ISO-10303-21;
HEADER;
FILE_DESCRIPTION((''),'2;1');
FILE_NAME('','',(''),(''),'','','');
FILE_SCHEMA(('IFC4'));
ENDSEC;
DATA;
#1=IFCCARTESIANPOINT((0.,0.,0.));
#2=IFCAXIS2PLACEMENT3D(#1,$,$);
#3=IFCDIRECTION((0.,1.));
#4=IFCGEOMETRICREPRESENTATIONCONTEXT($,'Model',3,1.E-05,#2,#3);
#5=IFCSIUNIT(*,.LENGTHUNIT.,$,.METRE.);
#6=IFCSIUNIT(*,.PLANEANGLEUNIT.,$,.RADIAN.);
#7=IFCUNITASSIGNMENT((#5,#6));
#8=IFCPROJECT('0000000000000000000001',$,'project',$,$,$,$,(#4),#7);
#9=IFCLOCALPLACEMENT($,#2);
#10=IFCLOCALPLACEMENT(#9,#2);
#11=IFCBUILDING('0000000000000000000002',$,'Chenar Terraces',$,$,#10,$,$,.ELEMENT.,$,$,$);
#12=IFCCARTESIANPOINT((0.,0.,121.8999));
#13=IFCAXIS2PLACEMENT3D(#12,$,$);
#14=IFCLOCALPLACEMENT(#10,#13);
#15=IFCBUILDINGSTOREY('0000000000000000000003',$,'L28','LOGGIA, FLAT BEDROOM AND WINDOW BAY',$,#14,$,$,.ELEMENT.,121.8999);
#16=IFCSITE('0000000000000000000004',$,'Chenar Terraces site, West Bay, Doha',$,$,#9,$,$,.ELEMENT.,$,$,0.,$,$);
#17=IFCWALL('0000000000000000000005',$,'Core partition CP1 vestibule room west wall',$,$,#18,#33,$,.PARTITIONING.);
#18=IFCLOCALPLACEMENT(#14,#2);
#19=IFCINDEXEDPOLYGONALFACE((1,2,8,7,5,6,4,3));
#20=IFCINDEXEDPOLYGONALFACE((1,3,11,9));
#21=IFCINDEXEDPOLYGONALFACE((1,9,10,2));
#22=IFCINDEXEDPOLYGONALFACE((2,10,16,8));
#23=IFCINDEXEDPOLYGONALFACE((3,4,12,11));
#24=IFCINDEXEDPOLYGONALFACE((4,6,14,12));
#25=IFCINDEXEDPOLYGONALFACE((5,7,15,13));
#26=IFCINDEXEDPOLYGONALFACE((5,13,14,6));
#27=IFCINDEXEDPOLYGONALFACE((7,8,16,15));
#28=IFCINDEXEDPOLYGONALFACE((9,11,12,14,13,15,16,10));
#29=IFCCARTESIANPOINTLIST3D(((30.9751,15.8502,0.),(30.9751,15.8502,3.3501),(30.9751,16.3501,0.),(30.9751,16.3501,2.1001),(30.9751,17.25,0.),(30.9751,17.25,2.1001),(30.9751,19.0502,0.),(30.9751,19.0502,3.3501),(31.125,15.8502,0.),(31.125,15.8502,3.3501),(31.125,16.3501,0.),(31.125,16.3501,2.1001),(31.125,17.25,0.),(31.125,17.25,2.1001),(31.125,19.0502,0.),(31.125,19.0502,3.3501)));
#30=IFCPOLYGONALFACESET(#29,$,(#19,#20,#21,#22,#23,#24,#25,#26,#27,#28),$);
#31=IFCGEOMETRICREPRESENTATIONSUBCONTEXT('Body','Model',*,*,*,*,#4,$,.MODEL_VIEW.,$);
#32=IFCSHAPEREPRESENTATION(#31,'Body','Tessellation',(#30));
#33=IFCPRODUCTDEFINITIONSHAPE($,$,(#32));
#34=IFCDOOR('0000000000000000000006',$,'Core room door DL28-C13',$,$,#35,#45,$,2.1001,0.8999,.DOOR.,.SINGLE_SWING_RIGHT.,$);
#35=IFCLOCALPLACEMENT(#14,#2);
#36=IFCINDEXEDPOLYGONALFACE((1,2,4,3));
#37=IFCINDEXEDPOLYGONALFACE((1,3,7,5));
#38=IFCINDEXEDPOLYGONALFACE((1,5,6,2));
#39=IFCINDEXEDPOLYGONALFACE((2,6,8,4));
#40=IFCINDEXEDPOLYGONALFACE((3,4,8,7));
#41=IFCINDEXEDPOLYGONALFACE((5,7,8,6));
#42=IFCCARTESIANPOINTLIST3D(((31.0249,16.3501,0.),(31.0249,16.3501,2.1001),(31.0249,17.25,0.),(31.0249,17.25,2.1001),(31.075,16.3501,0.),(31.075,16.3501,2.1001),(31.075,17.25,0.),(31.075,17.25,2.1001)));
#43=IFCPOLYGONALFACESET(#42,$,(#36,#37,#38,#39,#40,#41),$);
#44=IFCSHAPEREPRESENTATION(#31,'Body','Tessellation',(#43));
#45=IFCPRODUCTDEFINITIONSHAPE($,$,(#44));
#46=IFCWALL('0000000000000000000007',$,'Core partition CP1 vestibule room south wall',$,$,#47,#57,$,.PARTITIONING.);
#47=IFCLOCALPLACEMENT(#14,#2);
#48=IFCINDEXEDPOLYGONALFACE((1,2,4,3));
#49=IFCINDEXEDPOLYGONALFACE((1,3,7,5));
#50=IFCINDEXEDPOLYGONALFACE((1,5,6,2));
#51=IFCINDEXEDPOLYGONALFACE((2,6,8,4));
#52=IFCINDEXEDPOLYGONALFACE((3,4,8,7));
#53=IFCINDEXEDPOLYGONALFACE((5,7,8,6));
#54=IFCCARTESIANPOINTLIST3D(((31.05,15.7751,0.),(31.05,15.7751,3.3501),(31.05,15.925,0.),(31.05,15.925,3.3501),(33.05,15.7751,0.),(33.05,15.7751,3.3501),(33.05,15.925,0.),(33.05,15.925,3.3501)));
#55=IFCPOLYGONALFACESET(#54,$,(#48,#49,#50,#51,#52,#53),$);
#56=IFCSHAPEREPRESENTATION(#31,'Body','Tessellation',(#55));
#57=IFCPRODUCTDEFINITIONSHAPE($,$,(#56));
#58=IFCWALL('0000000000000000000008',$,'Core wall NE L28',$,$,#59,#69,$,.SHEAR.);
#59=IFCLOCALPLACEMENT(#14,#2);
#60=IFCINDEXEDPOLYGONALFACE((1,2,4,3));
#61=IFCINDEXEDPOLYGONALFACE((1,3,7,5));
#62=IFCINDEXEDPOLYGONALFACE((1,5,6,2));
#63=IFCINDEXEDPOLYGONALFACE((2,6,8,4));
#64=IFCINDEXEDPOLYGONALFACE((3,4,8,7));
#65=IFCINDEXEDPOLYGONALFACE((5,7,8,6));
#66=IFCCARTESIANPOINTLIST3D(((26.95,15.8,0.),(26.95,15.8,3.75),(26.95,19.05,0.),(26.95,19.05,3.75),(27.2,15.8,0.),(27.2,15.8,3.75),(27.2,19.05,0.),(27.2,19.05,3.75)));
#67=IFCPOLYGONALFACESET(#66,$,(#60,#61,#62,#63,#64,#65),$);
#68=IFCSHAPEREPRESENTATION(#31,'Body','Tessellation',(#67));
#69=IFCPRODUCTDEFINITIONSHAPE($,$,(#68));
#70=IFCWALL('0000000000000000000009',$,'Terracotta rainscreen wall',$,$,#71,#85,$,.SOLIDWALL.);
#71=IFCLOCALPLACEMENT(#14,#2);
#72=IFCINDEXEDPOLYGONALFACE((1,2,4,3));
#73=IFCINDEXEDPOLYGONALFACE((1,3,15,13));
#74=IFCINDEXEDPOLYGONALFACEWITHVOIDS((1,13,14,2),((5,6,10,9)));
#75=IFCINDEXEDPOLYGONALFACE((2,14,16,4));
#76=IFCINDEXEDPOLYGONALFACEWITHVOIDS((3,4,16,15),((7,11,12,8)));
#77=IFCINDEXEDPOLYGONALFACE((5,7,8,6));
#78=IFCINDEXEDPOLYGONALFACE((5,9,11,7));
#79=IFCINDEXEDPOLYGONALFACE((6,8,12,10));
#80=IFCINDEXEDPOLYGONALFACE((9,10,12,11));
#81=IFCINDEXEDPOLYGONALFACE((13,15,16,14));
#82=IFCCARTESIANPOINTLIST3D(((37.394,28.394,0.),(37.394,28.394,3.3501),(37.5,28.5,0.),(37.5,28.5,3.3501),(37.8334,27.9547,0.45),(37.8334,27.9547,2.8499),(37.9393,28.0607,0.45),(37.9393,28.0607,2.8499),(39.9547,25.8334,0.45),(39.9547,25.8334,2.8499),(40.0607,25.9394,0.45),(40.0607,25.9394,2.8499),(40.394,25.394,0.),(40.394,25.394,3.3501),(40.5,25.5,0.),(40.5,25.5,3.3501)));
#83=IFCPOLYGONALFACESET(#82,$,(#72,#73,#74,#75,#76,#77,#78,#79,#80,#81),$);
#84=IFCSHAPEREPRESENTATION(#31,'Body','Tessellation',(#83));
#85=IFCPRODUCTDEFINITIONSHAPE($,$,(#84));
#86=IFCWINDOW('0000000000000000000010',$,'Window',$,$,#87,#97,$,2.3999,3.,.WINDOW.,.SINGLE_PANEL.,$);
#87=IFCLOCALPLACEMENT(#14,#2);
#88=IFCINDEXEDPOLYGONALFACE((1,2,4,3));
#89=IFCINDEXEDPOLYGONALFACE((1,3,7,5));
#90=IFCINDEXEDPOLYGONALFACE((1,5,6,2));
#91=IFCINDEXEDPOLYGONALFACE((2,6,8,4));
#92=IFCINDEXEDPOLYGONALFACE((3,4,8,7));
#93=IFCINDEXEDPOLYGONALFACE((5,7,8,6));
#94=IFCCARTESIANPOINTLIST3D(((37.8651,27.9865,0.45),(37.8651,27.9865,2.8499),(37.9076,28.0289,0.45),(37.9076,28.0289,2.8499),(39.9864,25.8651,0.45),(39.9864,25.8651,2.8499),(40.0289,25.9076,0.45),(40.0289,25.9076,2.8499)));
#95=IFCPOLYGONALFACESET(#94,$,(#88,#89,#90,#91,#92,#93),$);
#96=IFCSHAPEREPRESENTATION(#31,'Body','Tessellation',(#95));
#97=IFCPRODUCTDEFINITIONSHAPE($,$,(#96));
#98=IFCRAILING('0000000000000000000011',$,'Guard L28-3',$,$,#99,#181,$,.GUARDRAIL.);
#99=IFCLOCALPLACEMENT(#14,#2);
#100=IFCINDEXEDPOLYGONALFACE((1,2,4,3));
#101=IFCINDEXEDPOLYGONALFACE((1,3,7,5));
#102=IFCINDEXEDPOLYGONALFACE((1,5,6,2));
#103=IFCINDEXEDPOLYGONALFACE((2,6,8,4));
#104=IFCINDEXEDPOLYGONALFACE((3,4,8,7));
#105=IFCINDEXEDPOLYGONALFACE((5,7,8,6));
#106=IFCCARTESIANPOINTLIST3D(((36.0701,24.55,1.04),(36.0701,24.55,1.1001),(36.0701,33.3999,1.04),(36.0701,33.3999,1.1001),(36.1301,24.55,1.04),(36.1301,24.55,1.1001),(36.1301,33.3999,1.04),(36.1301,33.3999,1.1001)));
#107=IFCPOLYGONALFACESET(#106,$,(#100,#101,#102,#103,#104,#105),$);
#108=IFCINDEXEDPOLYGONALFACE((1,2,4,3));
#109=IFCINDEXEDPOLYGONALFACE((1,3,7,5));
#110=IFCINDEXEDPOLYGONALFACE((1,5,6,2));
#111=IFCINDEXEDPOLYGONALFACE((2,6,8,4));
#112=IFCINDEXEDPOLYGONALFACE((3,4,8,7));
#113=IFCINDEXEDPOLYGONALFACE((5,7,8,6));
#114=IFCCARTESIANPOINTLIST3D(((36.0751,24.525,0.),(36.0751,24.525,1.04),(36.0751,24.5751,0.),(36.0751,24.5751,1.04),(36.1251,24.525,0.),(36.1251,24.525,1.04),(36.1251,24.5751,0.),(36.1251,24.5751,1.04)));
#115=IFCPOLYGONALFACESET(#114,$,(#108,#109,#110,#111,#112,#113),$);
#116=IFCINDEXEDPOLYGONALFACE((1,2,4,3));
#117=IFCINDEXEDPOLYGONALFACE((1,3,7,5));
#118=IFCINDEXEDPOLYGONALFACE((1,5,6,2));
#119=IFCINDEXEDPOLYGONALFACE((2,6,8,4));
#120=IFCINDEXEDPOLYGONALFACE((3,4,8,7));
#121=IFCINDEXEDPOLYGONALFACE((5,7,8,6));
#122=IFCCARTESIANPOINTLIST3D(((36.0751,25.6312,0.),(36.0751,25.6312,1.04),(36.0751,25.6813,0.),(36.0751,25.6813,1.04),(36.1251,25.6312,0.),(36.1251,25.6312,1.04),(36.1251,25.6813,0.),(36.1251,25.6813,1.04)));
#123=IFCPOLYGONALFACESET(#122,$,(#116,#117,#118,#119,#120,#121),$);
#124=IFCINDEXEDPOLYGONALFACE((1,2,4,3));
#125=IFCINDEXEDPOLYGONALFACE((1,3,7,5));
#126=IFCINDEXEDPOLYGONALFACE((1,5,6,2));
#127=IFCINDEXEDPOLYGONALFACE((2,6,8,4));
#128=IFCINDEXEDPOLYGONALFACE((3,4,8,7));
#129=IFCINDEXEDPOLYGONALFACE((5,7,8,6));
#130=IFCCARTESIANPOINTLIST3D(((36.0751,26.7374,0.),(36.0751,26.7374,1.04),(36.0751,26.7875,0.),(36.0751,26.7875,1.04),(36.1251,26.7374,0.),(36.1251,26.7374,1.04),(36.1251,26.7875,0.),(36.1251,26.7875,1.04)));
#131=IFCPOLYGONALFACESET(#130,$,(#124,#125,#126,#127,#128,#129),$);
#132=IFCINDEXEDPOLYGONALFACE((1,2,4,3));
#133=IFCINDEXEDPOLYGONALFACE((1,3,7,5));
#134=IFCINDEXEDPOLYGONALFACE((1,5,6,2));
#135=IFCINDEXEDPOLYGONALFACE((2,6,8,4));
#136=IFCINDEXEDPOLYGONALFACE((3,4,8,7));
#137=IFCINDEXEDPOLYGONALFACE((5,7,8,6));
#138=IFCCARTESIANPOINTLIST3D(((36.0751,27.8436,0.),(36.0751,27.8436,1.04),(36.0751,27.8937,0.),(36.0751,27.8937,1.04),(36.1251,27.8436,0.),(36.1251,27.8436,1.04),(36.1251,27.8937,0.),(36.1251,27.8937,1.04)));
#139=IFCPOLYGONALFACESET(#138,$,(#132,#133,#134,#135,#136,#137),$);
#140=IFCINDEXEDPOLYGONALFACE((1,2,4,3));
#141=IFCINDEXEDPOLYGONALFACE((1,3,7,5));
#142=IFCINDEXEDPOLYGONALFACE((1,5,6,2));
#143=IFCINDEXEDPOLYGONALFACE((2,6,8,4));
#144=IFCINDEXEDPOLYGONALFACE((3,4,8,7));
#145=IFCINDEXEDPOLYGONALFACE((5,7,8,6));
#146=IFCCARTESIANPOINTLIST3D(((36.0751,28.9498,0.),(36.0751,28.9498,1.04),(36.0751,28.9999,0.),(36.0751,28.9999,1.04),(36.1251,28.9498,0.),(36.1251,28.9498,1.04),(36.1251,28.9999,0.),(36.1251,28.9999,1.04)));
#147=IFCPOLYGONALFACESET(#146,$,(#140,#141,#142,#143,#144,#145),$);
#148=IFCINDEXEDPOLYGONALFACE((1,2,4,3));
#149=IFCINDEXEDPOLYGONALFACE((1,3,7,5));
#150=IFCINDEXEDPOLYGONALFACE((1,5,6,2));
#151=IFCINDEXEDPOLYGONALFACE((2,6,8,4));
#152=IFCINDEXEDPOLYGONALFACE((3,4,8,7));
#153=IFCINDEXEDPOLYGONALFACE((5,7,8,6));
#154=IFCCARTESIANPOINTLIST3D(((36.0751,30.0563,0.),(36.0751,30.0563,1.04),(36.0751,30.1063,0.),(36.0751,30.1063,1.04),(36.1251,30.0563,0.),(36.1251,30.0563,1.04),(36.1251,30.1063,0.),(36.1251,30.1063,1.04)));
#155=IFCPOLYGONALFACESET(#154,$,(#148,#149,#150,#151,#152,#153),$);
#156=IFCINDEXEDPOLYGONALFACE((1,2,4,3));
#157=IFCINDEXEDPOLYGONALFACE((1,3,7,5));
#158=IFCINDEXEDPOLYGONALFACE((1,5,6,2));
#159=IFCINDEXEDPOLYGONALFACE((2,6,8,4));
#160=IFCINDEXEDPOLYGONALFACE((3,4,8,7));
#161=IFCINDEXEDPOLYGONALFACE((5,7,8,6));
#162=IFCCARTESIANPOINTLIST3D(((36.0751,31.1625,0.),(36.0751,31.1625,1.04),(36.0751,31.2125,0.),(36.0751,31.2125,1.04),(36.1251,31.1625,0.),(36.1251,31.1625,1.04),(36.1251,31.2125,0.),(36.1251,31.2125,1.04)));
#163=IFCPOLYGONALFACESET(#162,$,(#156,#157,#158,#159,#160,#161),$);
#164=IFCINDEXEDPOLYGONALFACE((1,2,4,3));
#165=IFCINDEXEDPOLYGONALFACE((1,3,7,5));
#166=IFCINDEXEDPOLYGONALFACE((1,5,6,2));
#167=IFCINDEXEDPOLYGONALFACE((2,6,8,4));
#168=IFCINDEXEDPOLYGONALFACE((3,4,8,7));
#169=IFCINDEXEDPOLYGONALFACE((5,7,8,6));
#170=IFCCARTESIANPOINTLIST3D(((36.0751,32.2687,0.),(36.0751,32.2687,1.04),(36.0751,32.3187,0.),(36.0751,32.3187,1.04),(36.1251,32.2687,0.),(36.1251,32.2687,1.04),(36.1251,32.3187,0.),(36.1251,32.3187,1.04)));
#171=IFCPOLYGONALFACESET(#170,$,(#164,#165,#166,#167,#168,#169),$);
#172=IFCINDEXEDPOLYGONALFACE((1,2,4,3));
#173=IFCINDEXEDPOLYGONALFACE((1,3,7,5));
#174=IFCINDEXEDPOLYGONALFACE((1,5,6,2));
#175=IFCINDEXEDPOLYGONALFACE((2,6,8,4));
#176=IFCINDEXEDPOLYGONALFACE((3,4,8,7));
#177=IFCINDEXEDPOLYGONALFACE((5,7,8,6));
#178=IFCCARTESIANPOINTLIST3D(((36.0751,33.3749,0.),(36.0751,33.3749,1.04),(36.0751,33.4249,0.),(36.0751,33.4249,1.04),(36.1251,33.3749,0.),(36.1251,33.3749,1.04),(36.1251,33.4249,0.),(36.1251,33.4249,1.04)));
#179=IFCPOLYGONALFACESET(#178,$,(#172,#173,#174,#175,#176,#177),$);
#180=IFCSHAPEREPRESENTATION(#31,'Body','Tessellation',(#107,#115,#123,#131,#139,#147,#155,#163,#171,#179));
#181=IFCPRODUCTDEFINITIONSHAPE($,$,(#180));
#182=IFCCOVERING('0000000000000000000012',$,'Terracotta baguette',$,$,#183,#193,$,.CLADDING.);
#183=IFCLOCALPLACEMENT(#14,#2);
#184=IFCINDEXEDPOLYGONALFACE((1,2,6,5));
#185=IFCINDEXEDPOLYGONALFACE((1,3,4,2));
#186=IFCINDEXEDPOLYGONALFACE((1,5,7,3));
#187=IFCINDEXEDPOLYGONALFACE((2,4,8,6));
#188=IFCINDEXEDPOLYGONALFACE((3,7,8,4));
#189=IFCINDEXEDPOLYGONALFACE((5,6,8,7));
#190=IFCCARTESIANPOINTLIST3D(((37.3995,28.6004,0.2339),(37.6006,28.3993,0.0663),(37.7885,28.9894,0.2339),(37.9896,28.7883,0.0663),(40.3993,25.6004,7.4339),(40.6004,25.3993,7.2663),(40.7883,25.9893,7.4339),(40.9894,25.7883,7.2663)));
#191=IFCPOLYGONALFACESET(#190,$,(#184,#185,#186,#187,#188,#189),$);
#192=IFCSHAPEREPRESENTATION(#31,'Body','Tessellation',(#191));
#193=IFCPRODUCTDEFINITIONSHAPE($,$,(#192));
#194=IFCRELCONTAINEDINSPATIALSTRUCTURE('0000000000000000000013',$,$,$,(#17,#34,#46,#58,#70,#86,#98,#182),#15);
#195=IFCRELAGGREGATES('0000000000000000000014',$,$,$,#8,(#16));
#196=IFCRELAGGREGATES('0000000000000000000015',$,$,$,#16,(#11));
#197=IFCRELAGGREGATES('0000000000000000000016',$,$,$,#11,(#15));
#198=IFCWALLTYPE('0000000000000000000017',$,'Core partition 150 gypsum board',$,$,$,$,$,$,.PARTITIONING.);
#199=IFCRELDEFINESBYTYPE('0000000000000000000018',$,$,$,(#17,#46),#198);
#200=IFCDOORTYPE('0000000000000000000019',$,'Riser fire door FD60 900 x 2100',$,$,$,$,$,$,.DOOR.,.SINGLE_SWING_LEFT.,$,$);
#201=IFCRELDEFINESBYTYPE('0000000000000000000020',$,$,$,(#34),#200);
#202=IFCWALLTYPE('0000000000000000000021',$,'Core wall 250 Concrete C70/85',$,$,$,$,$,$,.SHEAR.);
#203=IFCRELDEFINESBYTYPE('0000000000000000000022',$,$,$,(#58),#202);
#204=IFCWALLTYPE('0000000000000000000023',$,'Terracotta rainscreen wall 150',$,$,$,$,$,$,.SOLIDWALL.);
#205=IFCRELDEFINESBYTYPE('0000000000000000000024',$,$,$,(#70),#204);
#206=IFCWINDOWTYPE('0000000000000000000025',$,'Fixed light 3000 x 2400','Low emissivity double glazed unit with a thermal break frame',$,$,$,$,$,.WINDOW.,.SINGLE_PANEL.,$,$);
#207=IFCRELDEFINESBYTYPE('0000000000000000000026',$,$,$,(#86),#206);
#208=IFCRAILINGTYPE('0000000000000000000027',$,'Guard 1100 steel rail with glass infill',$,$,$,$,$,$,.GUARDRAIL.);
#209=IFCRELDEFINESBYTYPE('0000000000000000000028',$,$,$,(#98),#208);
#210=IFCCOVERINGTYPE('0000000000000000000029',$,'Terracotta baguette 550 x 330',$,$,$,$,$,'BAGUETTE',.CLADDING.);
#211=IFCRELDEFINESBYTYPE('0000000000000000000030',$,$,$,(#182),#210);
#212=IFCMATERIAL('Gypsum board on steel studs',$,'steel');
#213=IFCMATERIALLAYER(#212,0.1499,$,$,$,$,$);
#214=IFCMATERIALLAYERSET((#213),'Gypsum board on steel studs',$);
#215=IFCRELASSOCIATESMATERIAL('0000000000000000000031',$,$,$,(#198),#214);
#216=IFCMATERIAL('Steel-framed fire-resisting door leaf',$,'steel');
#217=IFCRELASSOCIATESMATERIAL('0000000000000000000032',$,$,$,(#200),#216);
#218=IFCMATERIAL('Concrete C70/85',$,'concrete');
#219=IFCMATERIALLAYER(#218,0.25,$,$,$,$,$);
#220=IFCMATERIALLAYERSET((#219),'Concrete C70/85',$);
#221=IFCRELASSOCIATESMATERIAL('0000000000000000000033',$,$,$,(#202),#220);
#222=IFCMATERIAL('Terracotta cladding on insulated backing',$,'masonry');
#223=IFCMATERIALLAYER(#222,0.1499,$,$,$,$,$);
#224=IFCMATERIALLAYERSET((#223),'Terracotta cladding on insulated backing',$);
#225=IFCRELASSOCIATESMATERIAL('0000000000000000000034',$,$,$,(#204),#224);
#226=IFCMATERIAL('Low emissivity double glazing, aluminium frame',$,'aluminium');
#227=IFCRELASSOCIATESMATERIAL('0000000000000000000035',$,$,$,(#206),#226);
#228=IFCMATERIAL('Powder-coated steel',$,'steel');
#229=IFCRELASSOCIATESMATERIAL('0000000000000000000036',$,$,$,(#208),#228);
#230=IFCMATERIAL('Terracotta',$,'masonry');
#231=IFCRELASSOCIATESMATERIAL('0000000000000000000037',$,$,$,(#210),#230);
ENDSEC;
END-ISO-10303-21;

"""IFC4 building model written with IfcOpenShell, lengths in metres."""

from ifc_helpers import new_model, si_unit, direction, frame, frame_2d, origin, origin_2d, place, context, subcontext, project, spatial, rectangle, extrude, material, layer, layer_set, material_profile, profile_set, type_object, element, fill, save


model = new_model("IFC4")

# Units and contexts
model_context = context("Model", 3, precision=1e-05, world=origin(), true_north=direction((0.0, 1.0)))
body_context = subcontext(model_context, "Body", "Model", "MODEL_VIEW")
ifc_project = project(units=[si_unit("LENGTHUNIT", "METRE"), si_unit("PLANEANGLEUNIT", "RADIAN")], contexts=[model_context])

# Site, building, storey
site_placement = place(None, origin())
site = spatial("IfcSite", under=ifc_project, at=site_placement, Name="Chenar Terraces site, West Bay, Doha", CompositionType="ELEMENT", RefElevation=0.0)
building_placement = place(site_placement, origin())
building = spatial("IfcBuilding", under=site, at=building_placement, Name="Chenar Terraces", CompositionType="ELEMENT")
storey_placement = place(building_placement, frame((0.0, 0.0, 121.8999)))
storey = spatial("IfcBuildingStorey", under=building, at=storey_placement, Name="L28", Description="LOGGIA, FLAT BEDROOM AND WINDOW BAY", CompositionType="ELEMENT", Elevation=121.8999)

# Wall, opening, door
ifc_material_1 = material(Name="Gypsum board on steel studs", Category="steel")
ifc_layer_1 = layer(ifc_material_1, 0.1499)
ifc_layer_set_1 = layer_set([ifc_layer_1], Name="Gypsum board on steel studs")
wall_type_1 = type_object("IfcWallType", Name="Core partition 150 gypsum board", PredefinedType="PARTITIONING", material=ifc_layer_set_1)
wall_1_placement = place(storey_placement, frame((31.05, 15.8501, 0.0), z_axis=(0.0, 0.0, 1.0), x_axis=(0.0, 1.0, 0.0)))
wall_1 = element("IfcWall", 1, at=wall_1_placement, inside=storey, type_object=wall_type_1, Name="Core partition CP1 vestibule room west wall", PredefinedType="PARTITIONING", context=body_context, shape_type="SweptSolid", body=[
    extrude(rectangle(XDim=3.2, YDim=0.1499, at=frame_2d((1.6001, 0.0))), origin(), (0.0, 0.0, 1.0), 3.3501),
])
opening_1_placement = place(wall_1_placement, frame((0.5, 0.0, 0.0)))
opening_1 = element("IfcOpeningElement", 2, at=opening_1_placement, cuts=wall_1, PredefinedType="OPENING", context=body_context, shape_type="SweptSolid", body=[
    extrude(rectangle(XDim=0.8999, YDim=2.1001, at=frame_2d((0.45, 1.05))), frame((0.0, 0.085, 0.0), z_axis=(0.0, -1.0, 0.0), x_axis=(1.0, 0.0, 0.0)), (0.0, 0.0, 1.0), 0.1699),
])
ifc_material_2 = material(Name="Steel-framed fire-resisting door leaf", Category="steel")
door_type = type_object("IfcDoorType", Name="Riser fire door FD60 900 x 2100", OperationType="SINGLE_SWING_LEFT", PredefinedType="DOOR", material=ifc_material_2)
door_placement = place(opening_1_placement, frame((0.8999, 0.0, 0.0), z_axis=(0.0, 0.0, 1.0), x_axis=(-1.0, 0.0, 0.0)))
door = element("IfcDoor", 3, at=door_placement, inside=storey, type_object=door_type, Name="Core room door DL28-C13", OperationType="SINGLE_SWING_RIGHT", OverallHeight=2.1001, OverallWidth=0.8999, PredefinedType="DOOR", context=body_context, shape_type="SweptSolid", body=[
    extrude(rectangle(XDim=0.8999, YDim=2.1001, at=frame_2d((0.45, 1.05))), frame((0.0, 0.0249, 0.0), z_axis=(0.0, -1.0, 0.0), x_axis=(1.0, 0.0, 0.0)), (0.0, 0.0, 1.0), 0.05),
])
fill(opening_1, door)

# Walls
wall_2_placement = place(storey_placement, frame((31.05, 15.8501, 0.0), z_axis=(0.0, 0.0, 1.0), x_axis=(1.0, 0.0, 0.0)))
element("IfcWall", 4, at=wall_2_placement, inside=storey, type_object=wall_type_1, Name="Core partition CP1 vestibule room south wall", PredefinedType="PARTITIONING", context=body_context, shape_type="SweptSolid", body=[
    extrude(rectangle(XDim=2.0, YDim=0.1499, at=frame_2d((1.0, 0.0))), origin(), (0.0, 0.0, 1.0), 3.3501),
])
ifc_material_3 = material(Name="Concrete C70/85", Category="concrete")
ifc_layer_2 = layer(ifc_material_3, 0.25)
ifc_layer_set_2 = layer_set([ifc_layer_2], Name="Concrete C70/85")
wall_type_2 = type_object("IfcWallType", Name="Core wall 250 Concrete C70/85", PredefinedType="SHEAR", material=ifc_layer_set_2)
wall_3_placement = place(storey_placement, frame((27.075, 15.8, 0.0), z_axis=(0.0, 0.0, 1.0), x_axis=(0.0, 1.0, 0.0)))
element("IfcWall", 5, at=wall_3_placement, inside=storey, type_object=wall_type_2, Name="Core wall NE L28", PredefinedType="SHEAR", context=body_context, shape_type="SweptSolid", body=[
    extrude(rectangle(XDim=3.25, YDim=0.25, at=frame_2d((1.625, 0.0))), origin(), (0.0, 0.0, 1.0), 3.75),
])

# Wall, opening, window
ifc_material_4 = material(Name="Terracotta cladding on insulated backing", Category="masonry")
ifc_layer_3 = layer(ifc_material_4, 0.1499)
ifc_layer_set_3 = layer_set([ifc_layer_3], Name="Terracotta cladding on insulated backing")
wall_type_3 = type_object("IfcWallType", Name="Terracotta rainscreen wall 150", PredefinedType="SOLIDWALL", material=ifc_layer_set_3)
wall_4_placement = place(storey_placement, frame((40.447, 25.447, 0.0), z_axis=(0.0, 0.0, 1.0), x_axis=(-0.707107, 0.707107, 0.0)))
wall_4 = element("IfcWall", 6, at=wall_4_placement, inside=storey, type_object=wall_type_3, Name="Terracotta rainscreen wall", PredefinedType="SOLIDWALL", context=body_context, shape_type="SweptSolid", body=[
    extrude(rectangle(XDim=4.2427, YDim=0.1499, at=frame_2d((2.1213, 0.0))), origin(), (0.0, 0.0, 1.0), 3.3501),
])
opening_2_placement = place(wall_4_placement, frame((0.6213, 0.0, 0.45)))
opening_2 = element("IfcOpeningElement", 7, at=opening_2_placement, cuts=wall_4, PredefinedType="OPENING", context=body_context, shape_type="SweptSolid", body=[
    extrude(rectangle(XDim=3.0, YDim=2.3999, at=frame_2d((1.5, 1.2))), frame((0.0, 0.085, 0.0), z_axis=(0.0, -1.0, 0.0), x_axis=(1.0, 0.0, 0.0)), (0.0, 0.0, 1.0), 0.1699),
])
ifc_material_5 = material(Name="Low emissivity double glazing, aluminium frame", Category="aluminium")
window_type = type_object("IfcWindowType", Name="Fixed light 3000 x 2400", Description="Low emissivity double glazed unit with a thermal break frame", PartitioningType="SINGLE_PANEL", PredefinedType="WINDOW", material=ifc_material_5)
window_placement = place(opening_2_placement, origin())
window = element("IfcWindow", 8, at=window_placement, inside=storey, type_object=window_type, Name="Window", OverallHeight=2.3999, OverallWidth=3.0, PartitioningType="SINGLE_PANEL", PredefinedType="WINDOW", context=body_context, shape_type="SweptSolid", body=[
    extrude(rectangle(XDim=3.0, YDim=2.3999, at=frame_2d((1.5, 1.2))), frame((0.0, 0.03, 0.0), z_axis=(0.0, -1.0, 0.0), x_axis=(1.0, 0.0, 0.0)), (0.0, 0.0, 1.0), 0.0601),
])
fill(opening_2, window)

# Railing
ifc_material_6 = material(Name="Powder-coated steel", Category="steel")
railing_type = type_object("IfcRailingType", Name="Guard 1100 steel rail with glass infill", PredefinedType="GUARDRAIL", material=ifc_material_6)
railing_placement = place(storey_placement, frame((36.1001, 24.55, 0.0)))
element("IfcRailing", 9, at=railing_placement, inside=storey, type_object=railing_type, Name="Guard L28-3", PredefinedType="GUARDRAIL", context=body_context, shape_type="SweptSolid", body=[
    extrude(rectangle(XDim=0.0601, YDim=0.0601, at=origin_2d()), frame((0.0, 0.0, 1.0701), z_axis=(0.0, 1.0, 0.0), x_axis=(-1.0, 0.0, 0.0)), (0.0, 0.0, 1.0), 8.8499),
    extrude(rectangle(XDim=0.05, YDim=0.05, at=origin_2d()), origin(), (0.0, 0.0, 1.0), 1.04),
    extrude(rectangle(XDim=0.05, YDim=0.05, at=origin_2d()), frame((0.0, 1.1062, 0.0)), (0.0, 0.0, 1.0), 1.04),
    extrude(rectangle(XDim=0.05, YDim=0.05, at=origin_2d()), frame((0.0, 2.2124, 0.0)), (0.0, 0.0, 1.0), 1.04),
    extrude(rectangle(XDim=0.05, YDim=0.05, at=origin_2d()), frame((0.0, 3.3186, 0.0)), (0.0, 0.0, 1.0), 1.04),
    extrude(rectangle(XDim=0.05, YDim=0.05, at=origin_2d()), frame((0.0, 4.4248, 0.0)), (0.0, 0.0, 1.0), 1.04),
    extrude(rectangle(XDim=0.05, YDim=0.05, at=origin_2d()), frame((0.0, 5.5312, 0.0)), (0.0, 0.0, 1.0), 1.04),
    extrude(rectangle(XDim=0.05, YDim=0.05, at=origin_2d()), frame((0.0, 6.6375, 0.0)), (0.0, 0.0, 1.0), 1.04),
    extrude(rectangle(XDim=0.05, YDim=0.05, at=origin_2d()), frame((0.0, 7.7437, 0.0)), (0.0, 0.0, 1.0), 1.04),
    extrude(rectangle(XDim=0.05, YDim=0.05, at=origin_2d()), frame((0.0, 8.8499, 0.0)), (0.0, 0.0, 1.0), 1.04),
])

# Covering
ifc_material_7 = material(Name="Terracotta", Category="masonry")
ifc_material_profile_1 = material_profile(ifc_material_7, rectangle(XDim=0.55, YDim=0.3301, at=origin_2d()), Name="Terracotta baguette 550 x 330")
ifc_profile_set_1 = profile_set([ifc_material_profile_1], Name="Terracotta")
covering_type = type_object("IfcCoveringType", Name="Terracotta baguette 550 x 330", ElementType="BAGUETTE", PredefinedType="CLADDING", material=ifc_profile_set_1)
covering_1_placement = place(storey_placement, frame((40.6943, 25.6943, 7.3501), z_axis=(-0.358955, 0.358985, -0.861557), x_axis=(-0.707136, -0.707078, 0.0)))
element("IfcCovering", 10, at=covering_1_placement, inside=storey, type_object=covering_type, Name="Terracotta baguette", PredefinedType="CLADDING", context=body_context, shape_type="SweptSolid", body=[
    extrude(rectangle(XDim=0.55, YDim=0.3301, at=origin_2d()), origin(), (0.0, 0.0, 1.0), 8.3569),
])

save(model, "model.ifc")
